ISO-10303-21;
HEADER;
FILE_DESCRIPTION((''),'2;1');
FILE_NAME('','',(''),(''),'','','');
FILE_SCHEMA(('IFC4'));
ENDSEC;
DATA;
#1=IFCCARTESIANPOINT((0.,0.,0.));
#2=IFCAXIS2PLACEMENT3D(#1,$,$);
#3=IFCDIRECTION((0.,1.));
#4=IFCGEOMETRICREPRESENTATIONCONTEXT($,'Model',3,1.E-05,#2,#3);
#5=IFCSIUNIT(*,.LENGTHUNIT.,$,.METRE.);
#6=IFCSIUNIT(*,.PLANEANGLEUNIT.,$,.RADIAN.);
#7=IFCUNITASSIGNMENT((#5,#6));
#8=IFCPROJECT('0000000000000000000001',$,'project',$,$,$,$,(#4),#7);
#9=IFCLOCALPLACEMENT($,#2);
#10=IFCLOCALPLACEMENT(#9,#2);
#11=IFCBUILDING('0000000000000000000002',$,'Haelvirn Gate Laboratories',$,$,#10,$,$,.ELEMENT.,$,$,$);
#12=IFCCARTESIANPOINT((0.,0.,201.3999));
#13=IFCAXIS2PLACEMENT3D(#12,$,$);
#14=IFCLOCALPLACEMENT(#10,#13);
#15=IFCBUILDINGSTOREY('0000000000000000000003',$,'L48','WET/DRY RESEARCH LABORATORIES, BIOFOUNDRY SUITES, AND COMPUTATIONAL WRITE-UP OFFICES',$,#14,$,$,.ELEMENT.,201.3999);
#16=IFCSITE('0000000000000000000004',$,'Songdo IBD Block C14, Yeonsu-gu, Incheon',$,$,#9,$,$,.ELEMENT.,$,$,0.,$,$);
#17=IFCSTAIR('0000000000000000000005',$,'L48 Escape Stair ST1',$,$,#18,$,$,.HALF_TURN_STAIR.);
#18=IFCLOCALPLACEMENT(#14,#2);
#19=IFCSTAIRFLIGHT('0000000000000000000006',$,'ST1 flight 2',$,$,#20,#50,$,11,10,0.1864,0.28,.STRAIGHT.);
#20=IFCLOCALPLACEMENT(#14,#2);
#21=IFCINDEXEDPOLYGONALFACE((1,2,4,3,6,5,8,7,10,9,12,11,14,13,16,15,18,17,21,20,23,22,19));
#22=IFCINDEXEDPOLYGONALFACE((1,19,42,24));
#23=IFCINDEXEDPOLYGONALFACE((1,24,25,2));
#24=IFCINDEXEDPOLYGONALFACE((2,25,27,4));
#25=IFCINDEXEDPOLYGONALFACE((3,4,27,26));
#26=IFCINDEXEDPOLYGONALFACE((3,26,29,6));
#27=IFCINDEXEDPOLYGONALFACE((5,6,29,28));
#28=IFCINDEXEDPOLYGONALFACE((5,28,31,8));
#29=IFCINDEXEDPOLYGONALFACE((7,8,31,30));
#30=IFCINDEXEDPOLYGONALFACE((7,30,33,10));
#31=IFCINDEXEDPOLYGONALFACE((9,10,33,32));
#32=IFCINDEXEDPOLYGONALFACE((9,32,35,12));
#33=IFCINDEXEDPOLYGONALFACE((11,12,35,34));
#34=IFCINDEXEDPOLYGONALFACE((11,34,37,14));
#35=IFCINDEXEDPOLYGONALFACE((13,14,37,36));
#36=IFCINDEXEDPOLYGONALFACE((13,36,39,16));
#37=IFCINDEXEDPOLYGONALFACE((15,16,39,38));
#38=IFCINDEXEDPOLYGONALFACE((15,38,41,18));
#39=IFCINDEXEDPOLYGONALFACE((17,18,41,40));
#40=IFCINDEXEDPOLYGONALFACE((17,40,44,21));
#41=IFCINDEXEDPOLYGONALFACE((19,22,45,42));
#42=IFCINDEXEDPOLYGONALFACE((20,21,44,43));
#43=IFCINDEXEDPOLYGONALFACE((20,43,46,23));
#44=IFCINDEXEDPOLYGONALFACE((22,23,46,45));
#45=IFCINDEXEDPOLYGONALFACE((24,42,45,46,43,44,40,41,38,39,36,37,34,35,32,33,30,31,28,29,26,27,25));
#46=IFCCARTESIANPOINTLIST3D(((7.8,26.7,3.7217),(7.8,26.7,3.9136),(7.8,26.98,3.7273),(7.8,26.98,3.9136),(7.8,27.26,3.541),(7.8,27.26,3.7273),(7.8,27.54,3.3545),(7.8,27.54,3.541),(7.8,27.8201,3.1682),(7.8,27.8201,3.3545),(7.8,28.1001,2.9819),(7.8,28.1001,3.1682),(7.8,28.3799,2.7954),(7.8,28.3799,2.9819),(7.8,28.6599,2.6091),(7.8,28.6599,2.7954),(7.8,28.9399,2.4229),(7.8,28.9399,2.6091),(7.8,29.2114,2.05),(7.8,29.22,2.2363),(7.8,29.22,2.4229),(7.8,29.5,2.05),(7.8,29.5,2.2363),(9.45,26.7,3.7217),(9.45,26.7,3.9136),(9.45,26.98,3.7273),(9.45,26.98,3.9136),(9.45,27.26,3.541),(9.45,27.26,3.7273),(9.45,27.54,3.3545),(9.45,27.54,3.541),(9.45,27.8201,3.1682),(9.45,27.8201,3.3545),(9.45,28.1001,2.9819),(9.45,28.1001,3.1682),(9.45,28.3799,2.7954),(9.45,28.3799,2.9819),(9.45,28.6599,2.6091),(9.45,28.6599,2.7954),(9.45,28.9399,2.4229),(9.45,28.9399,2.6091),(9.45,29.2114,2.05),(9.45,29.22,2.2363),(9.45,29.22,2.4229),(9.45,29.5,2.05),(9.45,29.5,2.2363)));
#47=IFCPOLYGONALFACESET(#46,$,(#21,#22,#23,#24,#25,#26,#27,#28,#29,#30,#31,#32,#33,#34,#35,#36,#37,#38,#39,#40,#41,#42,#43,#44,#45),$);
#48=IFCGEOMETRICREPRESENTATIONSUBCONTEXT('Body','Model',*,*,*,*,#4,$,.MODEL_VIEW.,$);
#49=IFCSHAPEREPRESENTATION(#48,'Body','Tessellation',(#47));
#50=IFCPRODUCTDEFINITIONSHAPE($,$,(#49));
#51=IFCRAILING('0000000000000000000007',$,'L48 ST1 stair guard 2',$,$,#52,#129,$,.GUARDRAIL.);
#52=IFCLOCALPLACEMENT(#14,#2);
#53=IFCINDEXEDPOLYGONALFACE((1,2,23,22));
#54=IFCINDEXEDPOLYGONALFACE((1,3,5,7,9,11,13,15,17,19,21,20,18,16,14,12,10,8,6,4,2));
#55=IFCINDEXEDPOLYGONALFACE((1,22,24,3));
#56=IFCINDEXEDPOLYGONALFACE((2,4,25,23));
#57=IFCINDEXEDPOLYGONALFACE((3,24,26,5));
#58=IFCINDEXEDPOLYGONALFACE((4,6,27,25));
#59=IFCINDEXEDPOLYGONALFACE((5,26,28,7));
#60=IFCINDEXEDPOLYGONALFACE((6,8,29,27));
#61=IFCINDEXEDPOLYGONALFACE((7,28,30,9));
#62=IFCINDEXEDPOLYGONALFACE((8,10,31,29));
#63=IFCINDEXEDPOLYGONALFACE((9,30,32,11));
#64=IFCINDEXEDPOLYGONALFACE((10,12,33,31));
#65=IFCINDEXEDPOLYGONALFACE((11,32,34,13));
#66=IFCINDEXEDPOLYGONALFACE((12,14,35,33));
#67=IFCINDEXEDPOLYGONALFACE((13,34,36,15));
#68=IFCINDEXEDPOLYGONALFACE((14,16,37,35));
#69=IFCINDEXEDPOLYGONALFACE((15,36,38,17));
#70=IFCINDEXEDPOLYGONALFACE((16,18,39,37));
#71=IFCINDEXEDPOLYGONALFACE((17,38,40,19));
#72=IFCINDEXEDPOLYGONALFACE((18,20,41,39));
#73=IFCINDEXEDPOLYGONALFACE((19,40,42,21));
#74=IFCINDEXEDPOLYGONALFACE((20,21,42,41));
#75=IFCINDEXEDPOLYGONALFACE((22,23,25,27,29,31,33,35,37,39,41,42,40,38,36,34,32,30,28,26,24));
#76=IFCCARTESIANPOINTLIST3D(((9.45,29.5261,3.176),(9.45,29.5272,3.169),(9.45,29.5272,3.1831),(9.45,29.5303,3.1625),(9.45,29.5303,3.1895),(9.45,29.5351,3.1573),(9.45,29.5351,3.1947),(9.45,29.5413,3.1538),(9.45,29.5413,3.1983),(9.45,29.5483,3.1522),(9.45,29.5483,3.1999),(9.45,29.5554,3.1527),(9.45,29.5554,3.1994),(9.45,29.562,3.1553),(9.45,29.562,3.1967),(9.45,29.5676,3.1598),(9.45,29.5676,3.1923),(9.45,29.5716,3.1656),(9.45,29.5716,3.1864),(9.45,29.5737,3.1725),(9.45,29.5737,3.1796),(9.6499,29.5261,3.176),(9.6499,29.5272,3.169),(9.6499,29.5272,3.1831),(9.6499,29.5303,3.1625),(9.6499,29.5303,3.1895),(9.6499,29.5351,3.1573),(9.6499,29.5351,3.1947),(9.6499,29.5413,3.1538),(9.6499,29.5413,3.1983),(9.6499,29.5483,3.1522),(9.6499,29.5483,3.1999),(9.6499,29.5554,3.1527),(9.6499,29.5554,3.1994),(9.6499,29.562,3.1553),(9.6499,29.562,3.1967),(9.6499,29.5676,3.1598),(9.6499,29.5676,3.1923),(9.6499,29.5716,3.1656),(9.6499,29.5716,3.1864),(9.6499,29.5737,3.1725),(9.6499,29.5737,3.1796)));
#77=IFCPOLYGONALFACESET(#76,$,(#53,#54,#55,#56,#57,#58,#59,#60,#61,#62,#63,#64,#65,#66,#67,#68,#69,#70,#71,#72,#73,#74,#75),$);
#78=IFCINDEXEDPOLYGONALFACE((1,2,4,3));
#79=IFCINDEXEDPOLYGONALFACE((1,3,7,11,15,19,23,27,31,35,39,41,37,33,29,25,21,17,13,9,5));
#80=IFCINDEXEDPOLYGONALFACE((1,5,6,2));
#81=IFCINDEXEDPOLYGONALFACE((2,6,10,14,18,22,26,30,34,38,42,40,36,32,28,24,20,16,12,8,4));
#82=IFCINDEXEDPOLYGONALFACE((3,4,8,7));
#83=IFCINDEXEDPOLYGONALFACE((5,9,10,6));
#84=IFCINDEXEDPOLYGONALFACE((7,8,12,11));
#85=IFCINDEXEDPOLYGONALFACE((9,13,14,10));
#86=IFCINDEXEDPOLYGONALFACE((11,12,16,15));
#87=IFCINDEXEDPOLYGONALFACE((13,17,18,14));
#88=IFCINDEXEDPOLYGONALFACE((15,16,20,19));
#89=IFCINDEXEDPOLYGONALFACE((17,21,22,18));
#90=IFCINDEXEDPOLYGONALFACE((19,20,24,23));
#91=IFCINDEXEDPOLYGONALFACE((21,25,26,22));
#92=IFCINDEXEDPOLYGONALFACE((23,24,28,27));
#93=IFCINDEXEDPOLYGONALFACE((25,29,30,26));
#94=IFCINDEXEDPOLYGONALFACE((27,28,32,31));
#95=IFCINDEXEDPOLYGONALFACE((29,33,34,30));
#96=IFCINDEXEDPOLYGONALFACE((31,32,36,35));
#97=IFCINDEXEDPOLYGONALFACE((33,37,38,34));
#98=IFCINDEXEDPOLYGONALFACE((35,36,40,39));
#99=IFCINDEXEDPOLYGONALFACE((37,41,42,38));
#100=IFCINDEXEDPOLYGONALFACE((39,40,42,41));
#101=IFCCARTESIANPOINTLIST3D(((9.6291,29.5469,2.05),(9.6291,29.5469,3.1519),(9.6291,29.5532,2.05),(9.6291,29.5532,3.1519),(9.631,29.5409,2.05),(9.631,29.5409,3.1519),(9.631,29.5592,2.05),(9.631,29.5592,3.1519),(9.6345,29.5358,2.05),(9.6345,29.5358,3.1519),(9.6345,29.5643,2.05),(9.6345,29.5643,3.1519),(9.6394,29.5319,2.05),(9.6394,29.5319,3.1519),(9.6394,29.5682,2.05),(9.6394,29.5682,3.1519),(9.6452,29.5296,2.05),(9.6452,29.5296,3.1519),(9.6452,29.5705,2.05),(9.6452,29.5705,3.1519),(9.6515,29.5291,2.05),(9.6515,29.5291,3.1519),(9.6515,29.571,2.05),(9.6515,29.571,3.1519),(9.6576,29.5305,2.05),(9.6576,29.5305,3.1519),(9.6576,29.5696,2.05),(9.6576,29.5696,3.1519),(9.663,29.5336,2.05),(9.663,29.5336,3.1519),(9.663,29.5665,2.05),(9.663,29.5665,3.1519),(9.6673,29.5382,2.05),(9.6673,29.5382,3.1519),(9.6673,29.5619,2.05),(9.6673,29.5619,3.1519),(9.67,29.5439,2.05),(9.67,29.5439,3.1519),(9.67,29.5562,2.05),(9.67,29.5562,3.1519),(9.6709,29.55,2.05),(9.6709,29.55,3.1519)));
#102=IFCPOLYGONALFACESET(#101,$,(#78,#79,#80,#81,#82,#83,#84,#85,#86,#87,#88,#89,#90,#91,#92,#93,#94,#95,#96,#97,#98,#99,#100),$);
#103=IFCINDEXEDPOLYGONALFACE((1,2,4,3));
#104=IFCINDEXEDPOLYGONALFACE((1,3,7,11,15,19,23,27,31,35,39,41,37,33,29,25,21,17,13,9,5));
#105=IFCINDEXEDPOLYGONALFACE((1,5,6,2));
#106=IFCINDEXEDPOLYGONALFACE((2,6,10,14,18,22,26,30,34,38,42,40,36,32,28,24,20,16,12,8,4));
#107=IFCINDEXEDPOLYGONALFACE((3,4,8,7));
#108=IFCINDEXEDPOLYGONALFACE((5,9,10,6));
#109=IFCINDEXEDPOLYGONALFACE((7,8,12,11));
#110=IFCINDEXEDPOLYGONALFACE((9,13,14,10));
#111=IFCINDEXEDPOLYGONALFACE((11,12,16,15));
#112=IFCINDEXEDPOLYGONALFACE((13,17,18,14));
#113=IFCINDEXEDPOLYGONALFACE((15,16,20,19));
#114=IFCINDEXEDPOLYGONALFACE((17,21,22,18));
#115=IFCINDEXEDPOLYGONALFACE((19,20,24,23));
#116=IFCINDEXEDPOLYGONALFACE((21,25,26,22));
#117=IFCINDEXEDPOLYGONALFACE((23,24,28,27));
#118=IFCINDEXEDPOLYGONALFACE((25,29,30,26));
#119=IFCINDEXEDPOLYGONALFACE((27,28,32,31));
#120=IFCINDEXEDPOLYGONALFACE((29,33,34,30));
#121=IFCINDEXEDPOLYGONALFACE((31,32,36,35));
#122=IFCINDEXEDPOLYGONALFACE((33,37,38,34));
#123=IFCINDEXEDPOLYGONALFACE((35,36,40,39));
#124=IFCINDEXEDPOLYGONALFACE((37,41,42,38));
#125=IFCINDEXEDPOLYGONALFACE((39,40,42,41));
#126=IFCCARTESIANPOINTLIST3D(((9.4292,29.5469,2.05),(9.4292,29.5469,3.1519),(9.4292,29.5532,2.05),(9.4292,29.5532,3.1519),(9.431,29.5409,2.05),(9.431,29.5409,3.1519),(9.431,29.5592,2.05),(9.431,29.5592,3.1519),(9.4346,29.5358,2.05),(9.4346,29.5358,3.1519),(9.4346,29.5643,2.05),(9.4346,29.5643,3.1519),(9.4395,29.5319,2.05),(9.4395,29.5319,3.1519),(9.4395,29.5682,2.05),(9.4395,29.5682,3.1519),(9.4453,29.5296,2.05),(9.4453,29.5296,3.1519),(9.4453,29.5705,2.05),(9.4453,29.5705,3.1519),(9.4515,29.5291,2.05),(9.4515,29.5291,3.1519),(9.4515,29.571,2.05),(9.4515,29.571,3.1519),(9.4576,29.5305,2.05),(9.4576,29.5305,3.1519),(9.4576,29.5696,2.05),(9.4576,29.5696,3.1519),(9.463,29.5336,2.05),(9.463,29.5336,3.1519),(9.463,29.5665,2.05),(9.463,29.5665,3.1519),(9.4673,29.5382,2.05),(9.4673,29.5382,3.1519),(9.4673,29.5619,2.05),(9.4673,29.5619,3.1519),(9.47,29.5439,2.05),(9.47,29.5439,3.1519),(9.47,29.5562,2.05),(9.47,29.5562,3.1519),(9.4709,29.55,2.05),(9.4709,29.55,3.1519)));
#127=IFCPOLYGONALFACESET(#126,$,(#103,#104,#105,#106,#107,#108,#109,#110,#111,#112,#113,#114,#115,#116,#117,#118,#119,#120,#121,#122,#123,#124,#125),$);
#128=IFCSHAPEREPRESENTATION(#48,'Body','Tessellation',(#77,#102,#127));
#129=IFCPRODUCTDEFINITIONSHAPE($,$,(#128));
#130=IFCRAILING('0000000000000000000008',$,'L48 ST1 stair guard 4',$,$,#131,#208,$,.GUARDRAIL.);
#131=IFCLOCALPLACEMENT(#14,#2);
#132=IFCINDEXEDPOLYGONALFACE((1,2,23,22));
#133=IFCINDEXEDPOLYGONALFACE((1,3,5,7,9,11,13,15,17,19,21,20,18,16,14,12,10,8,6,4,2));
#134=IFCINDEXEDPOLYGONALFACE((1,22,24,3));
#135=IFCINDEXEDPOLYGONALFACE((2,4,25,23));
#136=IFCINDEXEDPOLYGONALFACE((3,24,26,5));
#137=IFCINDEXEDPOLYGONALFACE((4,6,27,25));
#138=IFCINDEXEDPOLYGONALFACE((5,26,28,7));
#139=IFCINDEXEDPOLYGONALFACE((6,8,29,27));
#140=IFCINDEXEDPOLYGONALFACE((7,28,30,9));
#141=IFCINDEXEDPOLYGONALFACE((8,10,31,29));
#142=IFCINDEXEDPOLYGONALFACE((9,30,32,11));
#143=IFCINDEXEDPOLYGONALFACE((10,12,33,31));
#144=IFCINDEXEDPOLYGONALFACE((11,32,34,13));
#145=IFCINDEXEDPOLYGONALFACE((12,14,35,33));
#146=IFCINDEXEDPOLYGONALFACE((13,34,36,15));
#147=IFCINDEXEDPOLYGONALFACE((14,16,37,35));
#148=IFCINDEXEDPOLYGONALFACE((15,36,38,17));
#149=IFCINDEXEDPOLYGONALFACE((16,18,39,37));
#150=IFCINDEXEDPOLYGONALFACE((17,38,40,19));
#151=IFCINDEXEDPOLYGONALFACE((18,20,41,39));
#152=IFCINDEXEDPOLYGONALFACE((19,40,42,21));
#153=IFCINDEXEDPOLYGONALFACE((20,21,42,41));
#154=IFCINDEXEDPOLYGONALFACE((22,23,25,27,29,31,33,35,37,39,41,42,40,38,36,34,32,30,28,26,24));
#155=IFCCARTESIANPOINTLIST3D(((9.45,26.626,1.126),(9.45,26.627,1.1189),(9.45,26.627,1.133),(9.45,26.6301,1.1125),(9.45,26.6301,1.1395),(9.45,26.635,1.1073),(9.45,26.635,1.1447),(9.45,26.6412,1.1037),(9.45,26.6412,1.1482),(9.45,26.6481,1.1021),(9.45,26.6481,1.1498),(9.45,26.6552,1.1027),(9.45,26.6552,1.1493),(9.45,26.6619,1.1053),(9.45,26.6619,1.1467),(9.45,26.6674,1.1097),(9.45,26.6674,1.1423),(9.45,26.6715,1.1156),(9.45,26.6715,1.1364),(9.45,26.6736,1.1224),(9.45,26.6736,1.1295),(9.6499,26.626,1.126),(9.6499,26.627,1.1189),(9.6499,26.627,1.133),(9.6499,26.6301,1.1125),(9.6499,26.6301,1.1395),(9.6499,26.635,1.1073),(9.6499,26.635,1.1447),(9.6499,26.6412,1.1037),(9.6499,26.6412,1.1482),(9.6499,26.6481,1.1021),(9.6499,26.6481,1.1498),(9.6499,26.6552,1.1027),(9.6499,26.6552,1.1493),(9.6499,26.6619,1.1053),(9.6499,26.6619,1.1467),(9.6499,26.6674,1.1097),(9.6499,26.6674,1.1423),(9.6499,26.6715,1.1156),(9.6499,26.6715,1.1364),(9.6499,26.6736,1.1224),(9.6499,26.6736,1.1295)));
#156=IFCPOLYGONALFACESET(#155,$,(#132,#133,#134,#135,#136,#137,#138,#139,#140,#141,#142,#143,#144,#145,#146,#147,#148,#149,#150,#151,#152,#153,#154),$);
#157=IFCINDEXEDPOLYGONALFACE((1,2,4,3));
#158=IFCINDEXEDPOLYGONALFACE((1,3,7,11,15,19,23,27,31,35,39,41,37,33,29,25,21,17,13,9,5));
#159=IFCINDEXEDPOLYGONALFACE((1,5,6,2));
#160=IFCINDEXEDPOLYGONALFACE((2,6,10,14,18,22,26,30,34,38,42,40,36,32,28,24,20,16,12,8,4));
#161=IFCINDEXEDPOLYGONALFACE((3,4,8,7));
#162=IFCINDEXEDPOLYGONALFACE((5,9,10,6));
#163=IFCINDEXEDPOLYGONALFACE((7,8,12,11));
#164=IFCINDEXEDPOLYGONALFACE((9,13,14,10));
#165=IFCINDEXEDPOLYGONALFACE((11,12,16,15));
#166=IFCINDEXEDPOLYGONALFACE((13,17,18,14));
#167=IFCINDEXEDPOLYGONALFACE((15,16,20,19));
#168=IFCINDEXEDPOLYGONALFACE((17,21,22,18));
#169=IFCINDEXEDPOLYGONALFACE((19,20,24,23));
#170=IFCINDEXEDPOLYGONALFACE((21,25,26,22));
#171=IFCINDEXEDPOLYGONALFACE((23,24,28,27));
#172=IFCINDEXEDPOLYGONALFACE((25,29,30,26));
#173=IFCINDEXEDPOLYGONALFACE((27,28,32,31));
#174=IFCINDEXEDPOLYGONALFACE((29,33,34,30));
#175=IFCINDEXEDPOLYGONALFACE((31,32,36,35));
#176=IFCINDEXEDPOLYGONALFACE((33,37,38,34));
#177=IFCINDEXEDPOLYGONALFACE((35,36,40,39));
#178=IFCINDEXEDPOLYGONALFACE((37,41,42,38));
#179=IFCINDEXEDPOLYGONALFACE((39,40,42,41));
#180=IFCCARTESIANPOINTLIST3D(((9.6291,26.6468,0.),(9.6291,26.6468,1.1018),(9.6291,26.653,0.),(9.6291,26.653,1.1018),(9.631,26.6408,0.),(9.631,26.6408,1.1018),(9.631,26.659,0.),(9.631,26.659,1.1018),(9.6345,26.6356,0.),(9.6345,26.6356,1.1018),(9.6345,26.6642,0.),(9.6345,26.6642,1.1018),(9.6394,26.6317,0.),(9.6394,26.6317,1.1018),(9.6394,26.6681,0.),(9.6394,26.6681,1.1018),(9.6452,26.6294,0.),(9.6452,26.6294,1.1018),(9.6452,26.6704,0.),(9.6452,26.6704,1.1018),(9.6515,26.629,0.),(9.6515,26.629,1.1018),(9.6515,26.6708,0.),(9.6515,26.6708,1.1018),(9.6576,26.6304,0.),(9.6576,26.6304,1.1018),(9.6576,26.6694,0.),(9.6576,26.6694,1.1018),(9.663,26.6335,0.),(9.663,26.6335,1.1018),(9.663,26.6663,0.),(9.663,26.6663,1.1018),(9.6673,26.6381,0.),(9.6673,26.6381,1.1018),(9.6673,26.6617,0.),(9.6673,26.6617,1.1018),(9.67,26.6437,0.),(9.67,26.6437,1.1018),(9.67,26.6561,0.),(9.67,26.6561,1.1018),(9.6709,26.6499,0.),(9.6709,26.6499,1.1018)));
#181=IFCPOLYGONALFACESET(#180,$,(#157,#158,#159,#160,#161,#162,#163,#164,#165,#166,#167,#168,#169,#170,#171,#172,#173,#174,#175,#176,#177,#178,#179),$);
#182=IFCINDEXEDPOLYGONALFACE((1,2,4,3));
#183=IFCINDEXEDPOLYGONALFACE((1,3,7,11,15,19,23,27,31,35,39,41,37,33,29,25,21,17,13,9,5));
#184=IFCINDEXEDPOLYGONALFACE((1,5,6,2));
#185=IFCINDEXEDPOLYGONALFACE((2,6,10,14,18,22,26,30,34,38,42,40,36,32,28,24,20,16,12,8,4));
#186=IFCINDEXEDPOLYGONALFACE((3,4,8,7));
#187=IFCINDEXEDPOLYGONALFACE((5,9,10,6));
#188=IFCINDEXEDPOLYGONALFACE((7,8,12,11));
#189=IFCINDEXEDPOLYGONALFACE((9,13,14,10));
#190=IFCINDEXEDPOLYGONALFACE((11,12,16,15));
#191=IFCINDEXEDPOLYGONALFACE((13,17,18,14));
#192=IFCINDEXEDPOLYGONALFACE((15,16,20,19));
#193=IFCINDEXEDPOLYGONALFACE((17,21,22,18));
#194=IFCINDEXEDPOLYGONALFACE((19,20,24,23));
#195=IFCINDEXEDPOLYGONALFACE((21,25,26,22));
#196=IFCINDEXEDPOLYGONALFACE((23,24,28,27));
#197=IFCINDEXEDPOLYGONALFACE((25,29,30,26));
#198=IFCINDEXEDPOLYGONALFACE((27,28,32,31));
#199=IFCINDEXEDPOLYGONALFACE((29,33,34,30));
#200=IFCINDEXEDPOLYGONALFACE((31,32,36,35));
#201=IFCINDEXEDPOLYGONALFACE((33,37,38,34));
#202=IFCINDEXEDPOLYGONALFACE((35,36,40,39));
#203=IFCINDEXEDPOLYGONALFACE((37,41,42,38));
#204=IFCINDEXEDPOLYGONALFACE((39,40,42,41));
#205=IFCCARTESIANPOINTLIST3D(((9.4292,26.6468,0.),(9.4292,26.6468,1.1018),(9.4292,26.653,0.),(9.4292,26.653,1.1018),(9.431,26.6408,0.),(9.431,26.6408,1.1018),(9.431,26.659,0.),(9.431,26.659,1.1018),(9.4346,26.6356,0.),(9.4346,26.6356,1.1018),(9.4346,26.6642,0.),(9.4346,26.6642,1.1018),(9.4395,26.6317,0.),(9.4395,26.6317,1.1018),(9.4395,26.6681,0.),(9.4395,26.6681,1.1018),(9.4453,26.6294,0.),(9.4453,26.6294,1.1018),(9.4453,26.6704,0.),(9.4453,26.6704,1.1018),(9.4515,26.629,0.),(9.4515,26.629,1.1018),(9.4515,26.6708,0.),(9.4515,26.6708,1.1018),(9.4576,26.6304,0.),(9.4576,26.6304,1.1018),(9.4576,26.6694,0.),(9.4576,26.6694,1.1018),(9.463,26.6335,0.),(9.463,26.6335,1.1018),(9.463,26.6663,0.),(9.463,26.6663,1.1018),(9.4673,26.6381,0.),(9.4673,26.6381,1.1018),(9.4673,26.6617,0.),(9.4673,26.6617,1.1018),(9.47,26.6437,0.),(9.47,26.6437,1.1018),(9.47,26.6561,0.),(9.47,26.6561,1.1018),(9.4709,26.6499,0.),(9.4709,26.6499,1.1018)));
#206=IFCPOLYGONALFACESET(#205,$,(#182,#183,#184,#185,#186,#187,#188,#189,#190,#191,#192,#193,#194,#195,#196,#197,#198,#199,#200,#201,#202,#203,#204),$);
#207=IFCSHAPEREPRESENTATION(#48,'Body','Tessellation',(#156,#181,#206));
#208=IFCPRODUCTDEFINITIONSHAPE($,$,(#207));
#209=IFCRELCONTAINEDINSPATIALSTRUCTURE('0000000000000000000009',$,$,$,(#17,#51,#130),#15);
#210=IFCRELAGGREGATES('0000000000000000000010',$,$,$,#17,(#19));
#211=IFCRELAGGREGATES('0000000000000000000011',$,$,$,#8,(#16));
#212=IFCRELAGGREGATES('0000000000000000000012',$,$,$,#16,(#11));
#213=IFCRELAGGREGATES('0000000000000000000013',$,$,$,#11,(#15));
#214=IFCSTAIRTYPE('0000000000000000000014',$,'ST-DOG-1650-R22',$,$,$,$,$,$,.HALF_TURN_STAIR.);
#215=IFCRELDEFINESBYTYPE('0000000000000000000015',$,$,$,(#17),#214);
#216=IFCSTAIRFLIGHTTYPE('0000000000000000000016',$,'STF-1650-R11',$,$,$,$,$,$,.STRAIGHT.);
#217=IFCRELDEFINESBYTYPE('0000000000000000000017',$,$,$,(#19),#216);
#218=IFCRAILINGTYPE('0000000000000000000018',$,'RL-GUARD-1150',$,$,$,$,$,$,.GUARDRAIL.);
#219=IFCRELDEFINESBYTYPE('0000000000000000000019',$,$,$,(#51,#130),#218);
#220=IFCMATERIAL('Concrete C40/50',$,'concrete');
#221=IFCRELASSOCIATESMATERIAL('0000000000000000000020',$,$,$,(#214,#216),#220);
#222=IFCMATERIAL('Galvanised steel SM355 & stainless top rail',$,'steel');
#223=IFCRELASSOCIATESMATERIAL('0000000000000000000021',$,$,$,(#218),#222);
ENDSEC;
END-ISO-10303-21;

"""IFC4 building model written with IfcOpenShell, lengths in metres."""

from ifc_helpers import new_model, si_unit, direction, frame, origin, origin_2d, place, context, subcontext, project, spatial, polyline, circle, outline, extrude, source, transform, mapped, material, type_object, type_shapes, element, aggregate, save


model = new_model("IFC4")

# Units and contexts
model_context = context("Model", 3, precision=1e-05, world=origin(), true_north=direction((0.0, 1.0)))
body_context = subcontext(model_context, "Body", "Model", "MODEL_VIEW")
ifc_project = project(units=[si_unit("LENGTHUNIT", "METRE"), si_unit("PLANEANGLEUNIT", "RADIAN")], contexts=[model_context])

# Site, building, storey
site_placement = place(None, origin())
site = spatial("IfcSite", under=ifc_project, at=site_placement, Name="Songdo IBD Block C14, Yeonsu-gu, Incheon", CompositionType="ELEMENT", RefElevation=0.0)
building_placement = place(site_placement, origin())
building = spatial("IfcBuilding", under=site, at=building_placement, Name="Haelvirn Gate Laboratories", CompositionType="ELEMENT")
storey_placement = place(building_placement, frame((0.0, 0.0, 201.3999)))
storey = spatial("IfcBuildingStorey", under=building, at=storey_placement, Name="L48", Description="WET/DRY RESEARCH LABORATORIES, BIOFOUNDRY SUITES, AND COMPUTATIONAL WRITE-UP OFFICES", CompositionType="ELEMENT", Elevation=201.3999)

# Shared definitions
ifc_material_1 = material(Name="Concrete C40/50", Category="concrete")

# Stair, stair flight
stair_type = type_object("IfcStairType", Name="ST-DOG-1650-R22", PredefinedType="HALF_TURN_STAIR", material=ifc_material_1)
stair_placement = place(storey_placement, origin())
stair = element("IfcStair", 1, at=stair_placement, inside=storey, type_object=stair_type, Name="L48 Escape Stair ST1", PredefinedType="HALF_TURN_STAIR")
stair_flight_type = type_object("IfcStairFlightType", Name="STF-1650-R11", PredefinedType="STRAIGHT", material=ifc_material_1)
shared_shape_1 = source(origin(), body_context, "Body", "SweptSolid", [
    extrude(outline(polyline([(0.0, 0.0), (0.0, 0.1863), (0.28, 0.1863), (0.28, 0.3728), (0.5601, 0.3728), (0.5601, 0.5591), (0.8401, 0.5591), (0.8401, 0.7454), (1.1201, 0.7454), (1.1201, 0.9319), (1.3999, 0.9319), (1.3999, 1.1182), (1.6799, 1.1182), (1.6799, 1.3044), (1.96, 1.3044), (1.96, 1.491), (2.24, 1.491), (2.24, 1.6772), (2.52, 1.6772), (2.52, 1.8635), (2.8, 1.8635), (2.8, 2.05), (2.8, 1.6716), (0.2886, 0.0), (0.0, 0.0)])), frame((0.0, 0.825, 0.0), z_axis=(0.0, -1.0, 0.0), x_axis=(1.0, 0.0, 0.0)), (0.0, 0.0, 1.0), 1.6499),
])
type_shapes(stair_flight_type, [shared_shape_1])
stair_flight_1_placement = place(storey_placement, frame((8.625, 29.5, 2.05), z_axis=(0.0, 0.0, 1.0), x_axis=(0.0, -1.0, 0.0)))
stair_flight_1 = element("IfcStairFlight", 2, at=stair_flight_1_placement, type_object=stair_flight_type, Name="ST1 flight 2", NumberOfRisers=11, NumberOfTreads=10, PredefinedType="STRAIGHT", RiserHeight=0.1864, TreadLength=0.28, context=body_context, shape_type="MappedRepresentation", body=[
    mapped(shared_shape_1, transform((0.0, 0.0, 0.0), scale=1.0)),
])
aggregate(stair, [stair_flight_1])

# Railings
ifc_material_2 = material(Name="Galvanised steel SM355 & stainless top rail", Category="steel")
railing_type_1 = type_object("IfcRailingType", Name="RL-GUARD-1150", PredefinedType="GUARDRAIL", material=ifc_material_2)
shared_shape_2 = source(origin(), body_context, "Body", "SweptSolid", [
    extrude(circle(Radius=0.0239, at=origin_2d()), frame((0.0, 0.0, 1.126), z_axis=(-1.0, 0.0, 0.0), x_axis=(0.0, -1.0, 0.0)), (0.0, 0.0, 1.0), 0.2),
    extrude(circle(Radius=0.021, at=origin_2d()), origin(), (0.0, 0.0, 1.0), 1.1018),
    extrude(circle(Radius=0.021, at=origin_2d()), frame((-0.2, 0.0, 0.0)), (0.0, 0.0, 1.0), 1.1018),
])
for number, where, name in (
    (3, (9.6499, 29.55, 2.05), "L48 ST1 stair guard 2"),
    (4, (9.6499, 26.6499, 0.0), "L48 ST1 stair guard 4"),
):
    element("IfcRailing", number, at=place(storey_placement, frame(where)), inside=storey, type_object=railing_type_1, Name=name, PredefinedType="GUARDRAIL", context=body_context, shape_type="MappedRepresentation", body=[
        mapped(shared_shape_2, transform((0.0, 0.0, 0.0), scale=1.0)),
    ])

save(model, "model.ifc")
